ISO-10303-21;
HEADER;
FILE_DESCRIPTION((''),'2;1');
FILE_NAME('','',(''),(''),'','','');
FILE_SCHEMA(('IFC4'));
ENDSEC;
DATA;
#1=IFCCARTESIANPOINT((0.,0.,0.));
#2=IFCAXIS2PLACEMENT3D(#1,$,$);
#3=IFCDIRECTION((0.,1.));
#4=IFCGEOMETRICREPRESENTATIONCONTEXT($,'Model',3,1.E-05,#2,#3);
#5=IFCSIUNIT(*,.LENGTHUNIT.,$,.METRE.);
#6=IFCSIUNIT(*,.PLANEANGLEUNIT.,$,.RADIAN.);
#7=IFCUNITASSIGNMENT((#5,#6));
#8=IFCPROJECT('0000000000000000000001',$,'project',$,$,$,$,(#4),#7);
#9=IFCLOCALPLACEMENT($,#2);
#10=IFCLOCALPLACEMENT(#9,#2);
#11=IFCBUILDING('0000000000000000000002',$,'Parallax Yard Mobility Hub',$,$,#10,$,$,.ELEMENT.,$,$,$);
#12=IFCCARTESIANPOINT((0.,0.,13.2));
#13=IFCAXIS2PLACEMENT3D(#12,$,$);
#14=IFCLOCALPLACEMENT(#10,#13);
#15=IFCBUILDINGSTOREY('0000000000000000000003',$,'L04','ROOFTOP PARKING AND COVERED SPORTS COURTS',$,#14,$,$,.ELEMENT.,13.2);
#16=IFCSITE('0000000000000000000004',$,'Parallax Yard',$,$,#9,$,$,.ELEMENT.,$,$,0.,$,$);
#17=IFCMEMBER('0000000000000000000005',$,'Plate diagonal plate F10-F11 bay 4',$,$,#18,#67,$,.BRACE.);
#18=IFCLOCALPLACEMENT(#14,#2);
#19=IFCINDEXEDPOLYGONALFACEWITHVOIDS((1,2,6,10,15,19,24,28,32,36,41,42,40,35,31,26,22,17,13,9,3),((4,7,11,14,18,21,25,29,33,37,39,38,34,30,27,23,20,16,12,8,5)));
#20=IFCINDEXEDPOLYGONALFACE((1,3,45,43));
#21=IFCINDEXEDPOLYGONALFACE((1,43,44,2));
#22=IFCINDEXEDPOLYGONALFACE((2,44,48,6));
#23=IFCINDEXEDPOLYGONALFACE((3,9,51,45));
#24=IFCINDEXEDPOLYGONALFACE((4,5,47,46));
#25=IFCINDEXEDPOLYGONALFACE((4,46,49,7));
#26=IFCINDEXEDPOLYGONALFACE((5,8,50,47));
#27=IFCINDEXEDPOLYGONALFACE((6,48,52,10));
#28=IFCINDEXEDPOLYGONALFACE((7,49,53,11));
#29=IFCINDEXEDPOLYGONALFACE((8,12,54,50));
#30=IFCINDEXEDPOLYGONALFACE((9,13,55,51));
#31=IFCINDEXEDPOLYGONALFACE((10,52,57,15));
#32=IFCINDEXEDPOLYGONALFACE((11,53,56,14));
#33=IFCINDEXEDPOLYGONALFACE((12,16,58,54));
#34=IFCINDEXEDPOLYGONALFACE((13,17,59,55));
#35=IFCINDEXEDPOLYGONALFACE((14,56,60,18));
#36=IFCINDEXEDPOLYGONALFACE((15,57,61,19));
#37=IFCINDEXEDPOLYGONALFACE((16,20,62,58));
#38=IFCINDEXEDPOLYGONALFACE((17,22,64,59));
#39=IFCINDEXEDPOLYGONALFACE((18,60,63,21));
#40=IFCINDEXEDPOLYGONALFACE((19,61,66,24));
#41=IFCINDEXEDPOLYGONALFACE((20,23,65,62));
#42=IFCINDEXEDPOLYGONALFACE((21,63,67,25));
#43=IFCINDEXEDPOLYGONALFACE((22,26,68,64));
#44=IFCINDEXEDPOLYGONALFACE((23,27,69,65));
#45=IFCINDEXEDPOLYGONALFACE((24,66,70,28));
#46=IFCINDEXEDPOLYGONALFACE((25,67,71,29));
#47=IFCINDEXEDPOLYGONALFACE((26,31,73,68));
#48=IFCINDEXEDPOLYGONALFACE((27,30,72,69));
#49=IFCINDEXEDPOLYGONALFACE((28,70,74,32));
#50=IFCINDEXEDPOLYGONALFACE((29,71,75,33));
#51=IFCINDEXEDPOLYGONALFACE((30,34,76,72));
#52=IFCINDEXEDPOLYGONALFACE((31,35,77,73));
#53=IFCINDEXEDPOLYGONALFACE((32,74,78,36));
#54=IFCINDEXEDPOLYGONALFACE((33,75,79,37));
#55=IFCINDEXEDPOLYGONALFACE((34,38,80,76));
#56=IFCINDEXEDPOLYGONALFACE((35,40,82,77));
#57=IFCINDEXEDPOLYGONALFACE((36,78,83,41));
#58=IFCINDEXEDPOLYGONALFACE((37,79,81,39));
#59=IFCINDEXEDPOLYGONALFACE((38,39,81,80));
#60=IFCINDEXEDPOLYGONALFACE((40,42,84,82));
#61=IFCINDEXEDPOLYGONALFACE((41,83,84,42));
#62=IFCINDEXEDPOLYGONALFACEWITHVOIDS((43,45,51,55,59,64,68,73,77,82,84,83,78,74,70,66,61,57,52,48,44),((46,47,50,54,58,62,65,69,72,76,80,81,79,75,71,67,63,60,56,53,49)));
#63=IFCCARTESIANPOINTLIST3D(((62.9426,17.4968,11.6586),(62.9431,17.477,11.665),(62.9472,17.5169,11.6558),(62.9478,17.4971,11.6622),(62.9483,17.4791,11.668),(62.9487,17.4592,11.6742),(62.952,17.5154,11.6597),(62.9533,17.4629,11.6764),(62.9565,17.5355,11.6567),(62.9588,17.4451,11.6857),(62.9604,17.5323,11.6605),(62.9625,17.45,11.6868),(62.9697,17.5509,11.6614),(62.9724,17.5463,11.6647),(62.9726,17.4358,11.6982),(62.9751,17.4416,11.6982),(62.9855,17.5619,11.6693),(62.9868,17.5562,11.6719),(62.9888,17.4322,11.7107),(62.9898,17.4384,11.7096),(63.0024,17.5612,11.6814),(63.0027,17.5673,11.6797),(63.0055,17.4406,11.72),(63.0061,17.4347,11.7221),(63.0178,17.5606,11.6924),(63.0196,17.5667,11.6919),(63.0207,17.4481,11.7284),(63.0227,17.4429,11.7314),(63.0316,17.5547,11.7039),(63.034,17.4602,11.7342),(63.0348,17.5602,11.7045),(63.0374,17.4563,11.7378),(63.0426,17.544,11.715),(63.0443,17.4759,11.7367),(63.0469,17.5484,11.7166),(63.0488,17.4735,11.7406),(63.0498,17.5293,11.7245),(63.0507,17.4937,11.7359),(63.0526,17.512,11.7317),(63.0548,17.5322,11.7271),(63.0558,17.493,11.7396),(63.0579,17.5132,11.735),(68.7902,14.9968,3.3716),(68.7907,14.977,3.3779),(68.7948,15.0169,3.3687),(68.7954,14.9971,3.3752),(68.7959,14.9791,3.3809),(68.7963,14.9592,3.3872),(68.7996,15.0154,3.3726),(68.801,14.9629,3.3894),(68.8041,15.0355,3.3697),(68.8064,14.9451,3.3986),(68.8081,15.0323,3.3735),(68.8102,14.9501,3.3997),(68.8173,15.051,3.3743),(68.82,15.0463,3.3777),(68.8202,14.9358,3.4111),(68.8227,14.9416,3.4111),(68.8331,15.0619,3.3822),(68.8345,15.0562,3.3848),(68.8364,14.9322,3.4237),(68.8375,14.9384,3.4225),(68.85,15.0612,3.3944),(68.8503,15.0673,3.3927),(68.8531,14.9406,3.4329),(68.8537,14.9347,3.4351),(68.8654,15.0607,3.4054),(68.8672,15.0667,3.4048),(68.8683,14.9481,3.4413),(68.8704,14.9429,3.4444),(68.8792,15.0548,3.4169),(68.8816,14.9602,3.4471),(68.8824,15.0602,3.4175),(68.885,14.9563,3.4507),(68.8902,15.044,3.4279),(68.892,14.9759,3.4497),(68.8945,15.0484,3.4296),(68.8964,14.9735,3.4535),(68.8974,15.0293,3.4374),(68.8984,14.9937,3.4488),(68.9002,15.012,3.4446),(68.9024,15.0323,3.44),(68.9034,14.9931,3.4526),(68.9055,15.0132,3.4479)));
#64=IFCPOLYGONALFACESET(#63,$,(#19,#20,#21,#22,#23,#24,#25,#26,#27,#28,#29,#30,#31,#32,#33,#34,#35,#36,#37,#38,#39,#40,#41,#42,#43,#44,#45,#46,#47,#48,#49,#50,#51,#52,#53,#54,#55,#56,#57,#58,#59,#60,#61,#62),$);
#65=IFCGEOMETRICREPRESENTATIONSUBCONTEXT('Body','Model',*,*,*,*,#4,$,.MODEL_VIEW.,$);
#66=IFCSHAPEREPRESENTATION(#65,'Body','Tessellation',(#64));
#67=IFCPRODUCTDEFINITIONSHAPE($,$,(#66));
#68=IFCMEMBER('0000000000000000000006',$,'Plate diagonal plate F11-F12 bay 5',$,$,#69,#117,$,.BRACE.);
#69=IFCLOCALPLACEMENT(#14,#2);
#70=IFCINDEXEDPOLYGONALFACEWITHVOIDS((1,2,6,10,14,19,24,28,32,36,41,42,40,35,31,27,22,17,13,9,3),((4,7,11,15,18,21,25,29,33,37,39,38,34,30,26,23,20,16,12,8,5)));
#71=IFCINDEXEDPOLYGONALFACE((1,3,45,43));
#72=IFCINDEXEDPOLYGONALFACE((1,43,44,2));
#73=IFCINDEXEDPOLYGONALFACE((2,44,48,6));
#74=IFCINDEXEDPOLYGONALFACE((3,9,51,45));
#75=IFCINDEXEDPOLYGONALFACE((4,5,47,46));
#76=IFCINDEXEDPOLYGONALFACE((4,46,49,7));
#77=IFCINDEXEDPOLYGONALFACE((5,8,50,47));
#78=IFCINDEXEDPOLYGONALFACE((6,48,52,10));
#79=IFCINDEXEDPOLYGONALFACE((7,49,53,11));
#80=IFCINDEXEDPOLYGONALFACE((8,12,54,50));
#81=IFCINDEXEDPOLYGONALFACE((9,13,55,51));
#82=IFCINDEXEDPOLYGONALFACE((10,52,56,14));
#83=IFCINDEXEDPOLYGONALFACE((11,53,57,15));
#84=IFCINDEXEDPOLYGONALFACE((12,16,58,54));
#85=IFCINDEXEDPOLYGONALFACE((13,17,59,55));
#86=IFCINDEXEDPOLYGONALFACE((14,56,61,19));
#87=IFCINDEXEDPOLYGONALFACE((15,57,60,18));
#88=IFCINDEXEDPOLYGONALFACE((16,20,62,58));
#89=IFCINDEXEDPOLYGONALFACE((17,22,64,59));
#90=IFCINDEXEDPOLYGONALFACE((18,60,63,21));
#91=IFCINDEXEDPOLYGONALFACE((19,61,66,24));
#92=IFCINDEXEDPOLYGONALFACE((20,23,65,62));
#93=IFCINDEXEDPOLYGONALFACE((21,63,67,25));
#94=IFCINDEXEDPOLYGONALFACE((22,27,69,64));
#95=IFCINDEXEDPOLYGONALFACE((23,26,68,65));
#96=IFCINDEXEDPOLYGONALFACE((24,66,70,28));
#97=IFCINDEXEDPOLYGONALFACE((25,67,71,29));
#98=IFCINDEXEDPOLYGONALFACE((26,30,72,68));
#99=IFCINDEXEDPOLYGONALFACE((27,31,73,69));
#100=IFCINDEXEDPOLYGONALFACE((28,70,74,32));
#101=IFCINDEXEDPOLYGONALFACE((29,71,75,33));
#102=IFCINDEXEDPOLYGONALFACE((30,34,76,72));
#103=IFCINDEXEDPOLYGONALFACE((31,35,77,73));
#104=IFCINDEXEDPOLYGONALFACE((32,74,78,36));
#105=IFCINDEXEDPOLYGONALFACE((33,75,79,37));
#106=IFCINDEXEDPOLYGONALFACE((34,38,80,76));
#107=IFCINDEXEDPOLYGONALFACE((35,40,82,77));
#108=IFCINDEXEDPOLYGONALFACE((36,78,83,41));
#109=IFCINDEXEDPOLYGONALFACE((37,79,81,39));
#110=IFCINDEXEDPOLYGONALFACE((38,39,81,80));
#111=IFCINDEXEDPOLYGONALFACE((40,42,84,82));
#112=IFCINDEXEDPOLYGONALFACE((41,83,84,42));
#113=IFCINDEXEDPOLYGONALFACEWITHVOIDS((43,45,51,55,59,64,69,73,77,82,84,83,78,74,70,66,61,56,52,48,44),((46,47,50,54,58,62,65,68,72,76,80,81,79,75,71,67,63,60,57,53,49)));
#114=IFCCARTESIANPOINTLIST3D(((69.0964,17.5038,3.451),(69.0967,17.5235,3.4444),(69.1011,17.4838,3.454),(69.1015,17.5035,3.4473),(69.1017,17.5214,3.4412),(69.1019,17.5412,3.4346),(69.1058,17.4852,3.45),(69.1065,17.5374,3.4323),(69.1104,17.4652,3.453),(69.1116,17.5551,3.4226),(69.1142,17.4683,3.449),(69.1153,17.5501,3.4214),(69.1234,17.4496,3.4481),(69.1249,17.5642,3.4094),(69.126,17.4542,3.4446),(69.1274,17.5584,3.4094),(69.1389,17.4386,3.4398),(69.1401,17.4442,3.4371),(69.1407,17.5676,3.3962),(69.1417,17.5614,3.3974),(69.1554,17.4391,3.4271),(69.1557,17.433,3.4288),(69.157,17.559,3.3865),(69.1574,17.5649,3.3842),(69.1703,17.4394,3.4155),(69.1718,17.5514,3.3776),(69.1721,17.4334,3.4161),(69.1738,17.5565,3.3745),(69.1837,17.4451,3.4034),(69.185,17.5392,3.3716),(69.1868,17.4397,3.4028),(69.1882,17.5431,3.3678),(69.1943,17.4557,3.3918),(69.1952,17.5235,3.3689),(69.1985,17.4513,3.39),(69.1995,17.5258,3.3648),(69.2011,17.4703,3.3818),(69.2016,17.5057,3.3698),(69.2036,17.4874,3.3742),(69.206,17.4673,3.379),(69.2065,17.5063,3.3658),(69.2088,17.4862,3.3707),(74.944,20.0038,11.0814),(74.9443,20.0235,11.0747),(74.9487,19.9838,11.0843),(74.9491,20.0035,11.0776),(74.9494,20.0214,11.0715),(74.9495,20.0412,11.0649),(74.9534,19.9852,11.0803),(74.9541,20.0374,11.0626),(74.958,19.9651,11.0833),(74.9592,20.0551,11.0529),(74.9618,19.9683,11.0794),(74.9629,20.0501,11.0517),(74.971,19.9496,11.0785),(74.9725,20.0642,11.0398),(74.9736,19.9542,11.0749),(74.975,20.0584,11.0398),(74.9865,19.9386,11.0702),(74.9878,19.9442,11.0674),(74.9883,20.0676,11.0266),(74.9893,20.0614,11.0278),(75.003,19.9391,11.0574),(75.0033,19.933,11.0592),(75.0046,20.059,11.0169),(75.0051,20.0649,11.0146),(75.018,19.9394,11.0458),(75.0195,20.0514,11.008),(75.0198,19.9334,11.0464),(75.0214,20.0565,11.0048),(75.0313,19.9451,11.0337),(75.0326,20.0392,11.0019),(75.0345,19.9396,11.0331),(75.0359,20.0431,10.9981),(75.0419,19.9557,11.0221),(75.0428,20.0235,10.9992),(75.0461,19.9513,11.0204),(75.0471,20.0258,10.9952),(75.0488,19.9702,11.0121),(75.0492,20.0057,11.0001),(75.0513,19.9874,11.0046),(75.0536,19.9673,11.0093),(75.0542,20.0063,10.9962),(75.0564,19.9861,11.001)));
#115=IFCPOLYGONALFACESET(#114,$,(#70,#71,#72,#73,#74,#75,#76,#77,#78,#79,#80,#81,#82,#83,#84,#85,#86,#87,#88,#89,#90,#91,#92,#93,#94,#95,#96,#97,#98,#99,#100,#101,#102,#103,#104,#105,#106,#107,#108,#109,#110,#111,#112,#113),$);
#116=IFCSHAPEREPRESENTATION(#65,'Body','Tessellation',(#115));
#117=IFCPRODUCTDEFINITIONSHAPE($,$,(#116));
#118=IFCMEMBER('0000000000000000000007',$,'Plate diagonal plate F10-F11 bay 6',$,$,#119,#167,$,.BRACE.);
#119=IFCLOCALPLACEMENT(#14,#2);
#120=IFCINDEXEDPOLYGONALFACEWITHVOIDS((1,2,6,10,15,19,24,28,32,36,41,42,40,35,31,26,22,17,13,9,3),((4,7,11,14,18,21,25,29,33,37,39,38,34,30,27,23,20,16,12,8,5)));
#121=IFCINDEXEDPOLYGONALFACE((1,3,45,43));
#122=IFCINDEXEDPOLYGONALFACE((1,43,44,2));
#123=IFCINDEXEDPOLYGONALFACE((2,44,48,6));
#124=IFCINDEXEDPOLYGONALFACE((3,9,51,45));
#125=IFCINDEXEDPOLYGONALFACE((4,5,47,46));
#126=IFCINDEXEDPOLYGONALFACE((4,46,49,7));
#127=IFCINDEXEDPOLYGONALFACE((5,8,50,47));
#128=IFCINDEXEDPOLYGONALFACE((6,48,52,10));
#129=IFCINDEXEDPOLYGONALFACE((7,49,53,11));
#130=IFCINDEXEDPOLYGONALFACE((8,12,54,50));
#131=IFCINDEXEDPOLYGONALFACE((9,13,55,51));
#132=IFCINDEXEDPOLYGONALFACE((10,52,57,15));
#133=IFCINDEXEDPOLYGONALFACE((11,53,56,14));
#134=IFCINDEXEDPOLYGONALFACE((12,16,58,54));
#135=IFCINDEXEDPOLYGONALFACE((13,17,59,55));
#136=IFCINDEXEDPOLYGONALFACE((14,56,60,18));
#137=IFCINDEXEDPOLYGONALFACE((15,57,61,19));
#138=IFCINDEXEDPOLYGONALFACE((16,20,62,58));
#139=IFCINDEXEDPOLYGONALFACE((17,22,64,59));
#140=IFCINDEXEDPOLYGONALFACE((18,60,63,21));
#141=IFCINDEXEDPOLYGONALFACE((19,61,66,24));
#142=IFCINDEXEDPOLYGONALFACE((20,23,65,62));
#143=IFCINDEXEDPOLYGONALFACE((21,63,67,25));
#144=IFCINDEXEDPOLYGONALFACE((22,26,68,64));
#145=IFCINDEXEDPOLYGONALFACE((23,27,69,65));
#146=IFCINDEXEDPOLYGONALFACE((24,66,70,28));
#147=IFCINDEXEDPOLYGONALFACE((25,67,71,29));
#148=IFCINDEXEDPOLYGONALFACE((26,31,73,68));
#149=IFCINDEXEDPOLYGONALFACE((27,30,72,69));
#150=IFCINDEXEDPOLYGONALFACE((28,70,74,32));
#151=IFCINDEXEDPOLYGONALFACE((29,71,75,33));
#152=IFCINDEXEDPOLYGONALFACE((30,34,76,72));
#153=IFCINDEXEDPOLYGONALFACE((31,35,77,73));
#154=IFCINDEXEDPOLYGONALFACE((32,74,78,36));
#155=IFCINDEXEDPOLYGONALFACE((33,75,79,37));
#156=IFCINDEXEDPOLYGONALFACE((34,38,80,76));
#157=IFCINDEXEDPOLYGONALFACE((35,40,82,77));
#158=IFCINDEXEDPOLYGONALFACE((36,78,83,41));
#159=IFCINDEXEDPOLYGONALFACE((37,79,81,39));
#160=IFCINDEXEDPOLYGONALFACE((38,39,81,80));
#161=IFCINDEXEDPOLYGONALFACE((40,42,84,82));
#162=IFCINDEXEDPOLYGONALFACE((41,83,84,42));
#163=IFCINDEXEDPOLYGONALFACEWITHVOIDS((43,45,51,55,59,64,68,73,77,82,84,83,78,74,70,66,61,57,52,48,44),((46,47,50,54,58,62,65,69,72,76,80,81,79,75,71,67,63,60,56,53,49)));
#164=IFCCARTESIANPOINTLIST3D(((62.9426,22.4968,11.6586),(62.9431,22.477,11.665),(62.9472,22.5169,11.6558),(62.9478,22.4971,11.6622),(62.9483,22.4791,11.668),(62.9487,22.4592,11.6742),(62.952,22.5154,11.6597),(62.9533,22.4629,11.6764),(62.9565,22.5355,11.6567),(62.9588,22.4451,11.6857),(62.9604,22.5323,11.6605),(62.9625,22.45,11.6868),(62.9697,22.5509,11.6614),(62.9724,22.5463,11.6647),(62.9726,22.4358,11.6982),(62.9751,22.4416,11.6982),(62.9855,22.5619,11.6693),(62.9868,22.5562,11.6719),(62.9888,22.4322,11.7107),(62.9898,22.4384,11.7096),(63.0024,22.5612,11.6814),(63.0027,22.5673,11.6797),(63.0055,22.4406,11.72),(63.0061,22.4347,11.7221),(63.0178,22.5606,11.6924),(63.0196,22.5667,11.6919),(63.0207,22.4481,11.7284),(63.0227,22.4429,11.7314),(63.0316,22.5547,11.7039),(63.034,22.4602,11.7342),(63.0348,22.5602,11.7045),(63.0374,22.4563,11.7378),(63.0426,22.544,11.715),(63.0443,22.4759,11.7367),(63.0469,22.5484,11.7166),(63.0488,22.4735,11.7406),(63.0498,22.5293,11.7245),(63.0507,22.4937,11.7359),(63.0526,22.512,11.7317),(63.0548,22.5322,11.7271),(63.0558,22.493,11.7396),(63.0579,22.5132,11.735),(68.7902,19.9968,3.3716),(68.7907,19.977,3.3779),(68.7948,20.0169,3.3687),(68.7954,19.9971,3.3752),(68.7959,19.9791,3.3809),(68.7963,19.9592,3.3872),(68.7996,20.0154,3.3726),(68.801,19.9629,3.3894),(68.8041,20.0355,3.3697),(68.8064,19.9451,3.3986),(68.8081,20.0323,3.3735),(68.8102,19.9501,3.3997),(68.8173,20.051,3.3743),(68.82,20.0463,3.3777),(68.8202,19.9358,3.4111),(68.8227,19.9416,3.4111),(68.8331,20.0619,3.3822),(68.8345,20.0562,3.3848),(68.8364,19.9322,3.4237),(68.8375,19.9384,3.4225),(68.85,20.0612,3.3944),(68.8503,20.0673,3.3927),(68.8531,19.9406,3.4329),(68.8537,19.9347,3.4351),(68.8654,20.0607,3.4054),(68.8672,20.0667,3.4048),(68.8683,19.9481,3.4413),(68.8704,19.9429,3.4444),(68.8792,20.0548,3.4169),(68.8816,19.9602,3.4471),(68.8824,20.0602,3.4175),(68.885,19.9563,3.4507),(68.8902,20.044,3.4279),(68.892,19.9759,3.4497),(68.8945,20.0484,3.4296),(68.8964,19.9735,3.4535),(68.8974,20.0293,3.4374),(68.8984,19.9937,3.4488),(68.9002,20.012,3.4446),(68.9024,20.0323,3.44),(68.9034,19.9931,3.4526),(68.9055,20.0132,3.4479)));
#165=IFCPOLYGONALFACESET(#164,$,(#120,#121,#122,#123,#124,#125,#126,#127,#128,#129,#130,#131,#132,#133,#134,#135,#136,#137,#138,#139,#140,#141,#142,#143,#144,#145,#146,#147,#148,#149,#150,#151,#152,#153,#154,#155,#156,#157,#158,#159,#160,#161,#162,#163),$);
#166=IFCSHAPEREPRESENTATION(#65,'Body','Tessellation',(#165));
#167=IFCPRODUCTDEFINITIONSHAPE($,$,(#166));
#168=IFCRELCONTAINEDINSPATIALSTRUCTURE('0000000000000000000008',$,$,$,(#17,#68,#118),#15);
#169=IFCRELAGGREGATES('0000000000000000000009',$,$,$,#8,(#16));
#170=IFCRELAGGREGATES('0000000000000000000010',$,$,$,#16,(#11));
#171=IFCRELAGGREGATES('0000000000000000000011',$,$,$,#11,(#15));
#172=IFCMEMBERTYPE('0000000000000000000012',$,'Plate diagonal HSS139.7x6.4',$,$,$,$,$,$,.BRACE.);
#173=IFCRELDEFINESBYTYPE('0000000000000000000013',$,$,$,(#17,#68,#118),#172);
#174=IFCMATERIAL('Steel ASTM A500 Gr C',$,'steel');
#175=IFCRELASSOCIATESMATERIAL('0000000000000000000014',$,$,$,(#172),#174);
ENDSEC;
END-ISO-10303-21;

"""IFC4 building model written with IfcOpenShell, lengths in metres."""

from ifc_helpers import new_model, si_unit, direction, frame, origin, origin_2d, place, context, subcontext, project, spatial, hollow_circle, extrude, material, material_profile, profile_set, type_object, element, save


model = new_model("IFC4")

# Units and contexts
model_context = context("Model", 3, precision=1e-05, world=origin(), true_north=direction((0.0, 1.0)))
body_context = subcontext(model_context, "Body", "Model", "MODEL_VIEW")
ifc_project = project(units=[si_unit("LENGTHUNIT", "METRE"), si_unit("PLANEANGLEUNIT", "RADIAN")], contexts=[model_context])

# Site, building, storey
site_placement = place(None, origin())
site = spatial("IfcSite", under=ifc_project, at=site_placement, Name="Parallax Yard", CompositionType="ELEMENT", RefElevation=0.0)
building_placement = place(site_placement, origin())
building = spatial("IfcBuilding", under=site, at=building_placement, Name="Parallax Yard Mobility Hub", CompositionType="ELEMENT")
storey_placement = place(building_placement, frame((0.0, 0.0, 13.2)))
storey = spatial("IfcBuildingStorey", under=building, at=storey_placement, Name="L04", Description="ROOFTOP PARKING AND COVERED SPORTS COURTS", CompositionType="ELEMENT", Elevation=13.2)

# Members
ifc_material_1 = material(Name="Steel ASTM A500 Gr C", Category="steel")
ifc_material_profile_1 = material_profile(ifc_material_1, hollow_circle(Radius=0.0698, WallThickness=0.0063, at=origin_2d()), Name="HSS139.7x6.4")
ifc_profile_set_1 = profile_set([ifc_material_profile_1], Name="Steel ASTM A500 Gr C")
member_type_1 = type_object("IfcMemberType", Name="Plate diagonal HSS139.7x6.4", PredefinedType="BRACE", material=ifc_profile_set_1)
member_1_placement = place(storey_placement, frame((68.8477, 15.0, 3.4111), z_axis=(-0.559793, 0.239323, 0.79332), x_axis=(-0.393104, -0.919494, 0.0)))
element("IfcMember", 1, at=member_1_placement, inside=storey, type_object=member_type_1, Name="Plate diagonal plate F10-F11 bay 4", PredefinedType="BRACE", context=body_context, shape_type="SweptSolid", body=[
    extrude(hollow_circle(Radius=0.0698, WallThickness=0.0063, at=origin_2d()), origin(), (0.0, 0.0, 1.0), 10.446),
])
member_2_placement = place(storey_placement, frame((69.1523, 17.5, 3.4094), z_axis=(0.588701, 0.251682, 0.768172), x_axis=(-0.393104, 0.919494, 0.0)))
element("IfcMember", 2, at=member_2_placement, inside=storey, type_object=member_type_1, Name="Plate diagonal plate F11-F12 bay 5", PredefinedType="BRACE", context=body_context, shape_type="SweptSolid", body=[
    extrude(hollow_circle(Radius=0.0698, WallThickness=0.0063, at=origin_2d()), origin(), (0.0, 0.0, 1.0), 9.9331),
])
member_3_placement = place(storey_placement, frame((68.8477, 20.0, 3.4111), z_axis=(-0.559793, 0.239323, 0.79332), x_axis=(-0.393104, -0.919494, 0.0)))
element("IfcMember", 3, at=member_3_placement, inside=storey, type_object=member_type_1, Name="Plate diagonal plate F10-F11 bay 6", PredefinedType="BRACE", context=body_context, shape_type="SweptSolid", body=[
    extrude(hollow_circle(Radius=0.0698, WallThickness=0.0063, at=origin_2d()), origin(), (0.0, 0.0, 1.0), 10.446),
])

save(model, "model.ifc")
